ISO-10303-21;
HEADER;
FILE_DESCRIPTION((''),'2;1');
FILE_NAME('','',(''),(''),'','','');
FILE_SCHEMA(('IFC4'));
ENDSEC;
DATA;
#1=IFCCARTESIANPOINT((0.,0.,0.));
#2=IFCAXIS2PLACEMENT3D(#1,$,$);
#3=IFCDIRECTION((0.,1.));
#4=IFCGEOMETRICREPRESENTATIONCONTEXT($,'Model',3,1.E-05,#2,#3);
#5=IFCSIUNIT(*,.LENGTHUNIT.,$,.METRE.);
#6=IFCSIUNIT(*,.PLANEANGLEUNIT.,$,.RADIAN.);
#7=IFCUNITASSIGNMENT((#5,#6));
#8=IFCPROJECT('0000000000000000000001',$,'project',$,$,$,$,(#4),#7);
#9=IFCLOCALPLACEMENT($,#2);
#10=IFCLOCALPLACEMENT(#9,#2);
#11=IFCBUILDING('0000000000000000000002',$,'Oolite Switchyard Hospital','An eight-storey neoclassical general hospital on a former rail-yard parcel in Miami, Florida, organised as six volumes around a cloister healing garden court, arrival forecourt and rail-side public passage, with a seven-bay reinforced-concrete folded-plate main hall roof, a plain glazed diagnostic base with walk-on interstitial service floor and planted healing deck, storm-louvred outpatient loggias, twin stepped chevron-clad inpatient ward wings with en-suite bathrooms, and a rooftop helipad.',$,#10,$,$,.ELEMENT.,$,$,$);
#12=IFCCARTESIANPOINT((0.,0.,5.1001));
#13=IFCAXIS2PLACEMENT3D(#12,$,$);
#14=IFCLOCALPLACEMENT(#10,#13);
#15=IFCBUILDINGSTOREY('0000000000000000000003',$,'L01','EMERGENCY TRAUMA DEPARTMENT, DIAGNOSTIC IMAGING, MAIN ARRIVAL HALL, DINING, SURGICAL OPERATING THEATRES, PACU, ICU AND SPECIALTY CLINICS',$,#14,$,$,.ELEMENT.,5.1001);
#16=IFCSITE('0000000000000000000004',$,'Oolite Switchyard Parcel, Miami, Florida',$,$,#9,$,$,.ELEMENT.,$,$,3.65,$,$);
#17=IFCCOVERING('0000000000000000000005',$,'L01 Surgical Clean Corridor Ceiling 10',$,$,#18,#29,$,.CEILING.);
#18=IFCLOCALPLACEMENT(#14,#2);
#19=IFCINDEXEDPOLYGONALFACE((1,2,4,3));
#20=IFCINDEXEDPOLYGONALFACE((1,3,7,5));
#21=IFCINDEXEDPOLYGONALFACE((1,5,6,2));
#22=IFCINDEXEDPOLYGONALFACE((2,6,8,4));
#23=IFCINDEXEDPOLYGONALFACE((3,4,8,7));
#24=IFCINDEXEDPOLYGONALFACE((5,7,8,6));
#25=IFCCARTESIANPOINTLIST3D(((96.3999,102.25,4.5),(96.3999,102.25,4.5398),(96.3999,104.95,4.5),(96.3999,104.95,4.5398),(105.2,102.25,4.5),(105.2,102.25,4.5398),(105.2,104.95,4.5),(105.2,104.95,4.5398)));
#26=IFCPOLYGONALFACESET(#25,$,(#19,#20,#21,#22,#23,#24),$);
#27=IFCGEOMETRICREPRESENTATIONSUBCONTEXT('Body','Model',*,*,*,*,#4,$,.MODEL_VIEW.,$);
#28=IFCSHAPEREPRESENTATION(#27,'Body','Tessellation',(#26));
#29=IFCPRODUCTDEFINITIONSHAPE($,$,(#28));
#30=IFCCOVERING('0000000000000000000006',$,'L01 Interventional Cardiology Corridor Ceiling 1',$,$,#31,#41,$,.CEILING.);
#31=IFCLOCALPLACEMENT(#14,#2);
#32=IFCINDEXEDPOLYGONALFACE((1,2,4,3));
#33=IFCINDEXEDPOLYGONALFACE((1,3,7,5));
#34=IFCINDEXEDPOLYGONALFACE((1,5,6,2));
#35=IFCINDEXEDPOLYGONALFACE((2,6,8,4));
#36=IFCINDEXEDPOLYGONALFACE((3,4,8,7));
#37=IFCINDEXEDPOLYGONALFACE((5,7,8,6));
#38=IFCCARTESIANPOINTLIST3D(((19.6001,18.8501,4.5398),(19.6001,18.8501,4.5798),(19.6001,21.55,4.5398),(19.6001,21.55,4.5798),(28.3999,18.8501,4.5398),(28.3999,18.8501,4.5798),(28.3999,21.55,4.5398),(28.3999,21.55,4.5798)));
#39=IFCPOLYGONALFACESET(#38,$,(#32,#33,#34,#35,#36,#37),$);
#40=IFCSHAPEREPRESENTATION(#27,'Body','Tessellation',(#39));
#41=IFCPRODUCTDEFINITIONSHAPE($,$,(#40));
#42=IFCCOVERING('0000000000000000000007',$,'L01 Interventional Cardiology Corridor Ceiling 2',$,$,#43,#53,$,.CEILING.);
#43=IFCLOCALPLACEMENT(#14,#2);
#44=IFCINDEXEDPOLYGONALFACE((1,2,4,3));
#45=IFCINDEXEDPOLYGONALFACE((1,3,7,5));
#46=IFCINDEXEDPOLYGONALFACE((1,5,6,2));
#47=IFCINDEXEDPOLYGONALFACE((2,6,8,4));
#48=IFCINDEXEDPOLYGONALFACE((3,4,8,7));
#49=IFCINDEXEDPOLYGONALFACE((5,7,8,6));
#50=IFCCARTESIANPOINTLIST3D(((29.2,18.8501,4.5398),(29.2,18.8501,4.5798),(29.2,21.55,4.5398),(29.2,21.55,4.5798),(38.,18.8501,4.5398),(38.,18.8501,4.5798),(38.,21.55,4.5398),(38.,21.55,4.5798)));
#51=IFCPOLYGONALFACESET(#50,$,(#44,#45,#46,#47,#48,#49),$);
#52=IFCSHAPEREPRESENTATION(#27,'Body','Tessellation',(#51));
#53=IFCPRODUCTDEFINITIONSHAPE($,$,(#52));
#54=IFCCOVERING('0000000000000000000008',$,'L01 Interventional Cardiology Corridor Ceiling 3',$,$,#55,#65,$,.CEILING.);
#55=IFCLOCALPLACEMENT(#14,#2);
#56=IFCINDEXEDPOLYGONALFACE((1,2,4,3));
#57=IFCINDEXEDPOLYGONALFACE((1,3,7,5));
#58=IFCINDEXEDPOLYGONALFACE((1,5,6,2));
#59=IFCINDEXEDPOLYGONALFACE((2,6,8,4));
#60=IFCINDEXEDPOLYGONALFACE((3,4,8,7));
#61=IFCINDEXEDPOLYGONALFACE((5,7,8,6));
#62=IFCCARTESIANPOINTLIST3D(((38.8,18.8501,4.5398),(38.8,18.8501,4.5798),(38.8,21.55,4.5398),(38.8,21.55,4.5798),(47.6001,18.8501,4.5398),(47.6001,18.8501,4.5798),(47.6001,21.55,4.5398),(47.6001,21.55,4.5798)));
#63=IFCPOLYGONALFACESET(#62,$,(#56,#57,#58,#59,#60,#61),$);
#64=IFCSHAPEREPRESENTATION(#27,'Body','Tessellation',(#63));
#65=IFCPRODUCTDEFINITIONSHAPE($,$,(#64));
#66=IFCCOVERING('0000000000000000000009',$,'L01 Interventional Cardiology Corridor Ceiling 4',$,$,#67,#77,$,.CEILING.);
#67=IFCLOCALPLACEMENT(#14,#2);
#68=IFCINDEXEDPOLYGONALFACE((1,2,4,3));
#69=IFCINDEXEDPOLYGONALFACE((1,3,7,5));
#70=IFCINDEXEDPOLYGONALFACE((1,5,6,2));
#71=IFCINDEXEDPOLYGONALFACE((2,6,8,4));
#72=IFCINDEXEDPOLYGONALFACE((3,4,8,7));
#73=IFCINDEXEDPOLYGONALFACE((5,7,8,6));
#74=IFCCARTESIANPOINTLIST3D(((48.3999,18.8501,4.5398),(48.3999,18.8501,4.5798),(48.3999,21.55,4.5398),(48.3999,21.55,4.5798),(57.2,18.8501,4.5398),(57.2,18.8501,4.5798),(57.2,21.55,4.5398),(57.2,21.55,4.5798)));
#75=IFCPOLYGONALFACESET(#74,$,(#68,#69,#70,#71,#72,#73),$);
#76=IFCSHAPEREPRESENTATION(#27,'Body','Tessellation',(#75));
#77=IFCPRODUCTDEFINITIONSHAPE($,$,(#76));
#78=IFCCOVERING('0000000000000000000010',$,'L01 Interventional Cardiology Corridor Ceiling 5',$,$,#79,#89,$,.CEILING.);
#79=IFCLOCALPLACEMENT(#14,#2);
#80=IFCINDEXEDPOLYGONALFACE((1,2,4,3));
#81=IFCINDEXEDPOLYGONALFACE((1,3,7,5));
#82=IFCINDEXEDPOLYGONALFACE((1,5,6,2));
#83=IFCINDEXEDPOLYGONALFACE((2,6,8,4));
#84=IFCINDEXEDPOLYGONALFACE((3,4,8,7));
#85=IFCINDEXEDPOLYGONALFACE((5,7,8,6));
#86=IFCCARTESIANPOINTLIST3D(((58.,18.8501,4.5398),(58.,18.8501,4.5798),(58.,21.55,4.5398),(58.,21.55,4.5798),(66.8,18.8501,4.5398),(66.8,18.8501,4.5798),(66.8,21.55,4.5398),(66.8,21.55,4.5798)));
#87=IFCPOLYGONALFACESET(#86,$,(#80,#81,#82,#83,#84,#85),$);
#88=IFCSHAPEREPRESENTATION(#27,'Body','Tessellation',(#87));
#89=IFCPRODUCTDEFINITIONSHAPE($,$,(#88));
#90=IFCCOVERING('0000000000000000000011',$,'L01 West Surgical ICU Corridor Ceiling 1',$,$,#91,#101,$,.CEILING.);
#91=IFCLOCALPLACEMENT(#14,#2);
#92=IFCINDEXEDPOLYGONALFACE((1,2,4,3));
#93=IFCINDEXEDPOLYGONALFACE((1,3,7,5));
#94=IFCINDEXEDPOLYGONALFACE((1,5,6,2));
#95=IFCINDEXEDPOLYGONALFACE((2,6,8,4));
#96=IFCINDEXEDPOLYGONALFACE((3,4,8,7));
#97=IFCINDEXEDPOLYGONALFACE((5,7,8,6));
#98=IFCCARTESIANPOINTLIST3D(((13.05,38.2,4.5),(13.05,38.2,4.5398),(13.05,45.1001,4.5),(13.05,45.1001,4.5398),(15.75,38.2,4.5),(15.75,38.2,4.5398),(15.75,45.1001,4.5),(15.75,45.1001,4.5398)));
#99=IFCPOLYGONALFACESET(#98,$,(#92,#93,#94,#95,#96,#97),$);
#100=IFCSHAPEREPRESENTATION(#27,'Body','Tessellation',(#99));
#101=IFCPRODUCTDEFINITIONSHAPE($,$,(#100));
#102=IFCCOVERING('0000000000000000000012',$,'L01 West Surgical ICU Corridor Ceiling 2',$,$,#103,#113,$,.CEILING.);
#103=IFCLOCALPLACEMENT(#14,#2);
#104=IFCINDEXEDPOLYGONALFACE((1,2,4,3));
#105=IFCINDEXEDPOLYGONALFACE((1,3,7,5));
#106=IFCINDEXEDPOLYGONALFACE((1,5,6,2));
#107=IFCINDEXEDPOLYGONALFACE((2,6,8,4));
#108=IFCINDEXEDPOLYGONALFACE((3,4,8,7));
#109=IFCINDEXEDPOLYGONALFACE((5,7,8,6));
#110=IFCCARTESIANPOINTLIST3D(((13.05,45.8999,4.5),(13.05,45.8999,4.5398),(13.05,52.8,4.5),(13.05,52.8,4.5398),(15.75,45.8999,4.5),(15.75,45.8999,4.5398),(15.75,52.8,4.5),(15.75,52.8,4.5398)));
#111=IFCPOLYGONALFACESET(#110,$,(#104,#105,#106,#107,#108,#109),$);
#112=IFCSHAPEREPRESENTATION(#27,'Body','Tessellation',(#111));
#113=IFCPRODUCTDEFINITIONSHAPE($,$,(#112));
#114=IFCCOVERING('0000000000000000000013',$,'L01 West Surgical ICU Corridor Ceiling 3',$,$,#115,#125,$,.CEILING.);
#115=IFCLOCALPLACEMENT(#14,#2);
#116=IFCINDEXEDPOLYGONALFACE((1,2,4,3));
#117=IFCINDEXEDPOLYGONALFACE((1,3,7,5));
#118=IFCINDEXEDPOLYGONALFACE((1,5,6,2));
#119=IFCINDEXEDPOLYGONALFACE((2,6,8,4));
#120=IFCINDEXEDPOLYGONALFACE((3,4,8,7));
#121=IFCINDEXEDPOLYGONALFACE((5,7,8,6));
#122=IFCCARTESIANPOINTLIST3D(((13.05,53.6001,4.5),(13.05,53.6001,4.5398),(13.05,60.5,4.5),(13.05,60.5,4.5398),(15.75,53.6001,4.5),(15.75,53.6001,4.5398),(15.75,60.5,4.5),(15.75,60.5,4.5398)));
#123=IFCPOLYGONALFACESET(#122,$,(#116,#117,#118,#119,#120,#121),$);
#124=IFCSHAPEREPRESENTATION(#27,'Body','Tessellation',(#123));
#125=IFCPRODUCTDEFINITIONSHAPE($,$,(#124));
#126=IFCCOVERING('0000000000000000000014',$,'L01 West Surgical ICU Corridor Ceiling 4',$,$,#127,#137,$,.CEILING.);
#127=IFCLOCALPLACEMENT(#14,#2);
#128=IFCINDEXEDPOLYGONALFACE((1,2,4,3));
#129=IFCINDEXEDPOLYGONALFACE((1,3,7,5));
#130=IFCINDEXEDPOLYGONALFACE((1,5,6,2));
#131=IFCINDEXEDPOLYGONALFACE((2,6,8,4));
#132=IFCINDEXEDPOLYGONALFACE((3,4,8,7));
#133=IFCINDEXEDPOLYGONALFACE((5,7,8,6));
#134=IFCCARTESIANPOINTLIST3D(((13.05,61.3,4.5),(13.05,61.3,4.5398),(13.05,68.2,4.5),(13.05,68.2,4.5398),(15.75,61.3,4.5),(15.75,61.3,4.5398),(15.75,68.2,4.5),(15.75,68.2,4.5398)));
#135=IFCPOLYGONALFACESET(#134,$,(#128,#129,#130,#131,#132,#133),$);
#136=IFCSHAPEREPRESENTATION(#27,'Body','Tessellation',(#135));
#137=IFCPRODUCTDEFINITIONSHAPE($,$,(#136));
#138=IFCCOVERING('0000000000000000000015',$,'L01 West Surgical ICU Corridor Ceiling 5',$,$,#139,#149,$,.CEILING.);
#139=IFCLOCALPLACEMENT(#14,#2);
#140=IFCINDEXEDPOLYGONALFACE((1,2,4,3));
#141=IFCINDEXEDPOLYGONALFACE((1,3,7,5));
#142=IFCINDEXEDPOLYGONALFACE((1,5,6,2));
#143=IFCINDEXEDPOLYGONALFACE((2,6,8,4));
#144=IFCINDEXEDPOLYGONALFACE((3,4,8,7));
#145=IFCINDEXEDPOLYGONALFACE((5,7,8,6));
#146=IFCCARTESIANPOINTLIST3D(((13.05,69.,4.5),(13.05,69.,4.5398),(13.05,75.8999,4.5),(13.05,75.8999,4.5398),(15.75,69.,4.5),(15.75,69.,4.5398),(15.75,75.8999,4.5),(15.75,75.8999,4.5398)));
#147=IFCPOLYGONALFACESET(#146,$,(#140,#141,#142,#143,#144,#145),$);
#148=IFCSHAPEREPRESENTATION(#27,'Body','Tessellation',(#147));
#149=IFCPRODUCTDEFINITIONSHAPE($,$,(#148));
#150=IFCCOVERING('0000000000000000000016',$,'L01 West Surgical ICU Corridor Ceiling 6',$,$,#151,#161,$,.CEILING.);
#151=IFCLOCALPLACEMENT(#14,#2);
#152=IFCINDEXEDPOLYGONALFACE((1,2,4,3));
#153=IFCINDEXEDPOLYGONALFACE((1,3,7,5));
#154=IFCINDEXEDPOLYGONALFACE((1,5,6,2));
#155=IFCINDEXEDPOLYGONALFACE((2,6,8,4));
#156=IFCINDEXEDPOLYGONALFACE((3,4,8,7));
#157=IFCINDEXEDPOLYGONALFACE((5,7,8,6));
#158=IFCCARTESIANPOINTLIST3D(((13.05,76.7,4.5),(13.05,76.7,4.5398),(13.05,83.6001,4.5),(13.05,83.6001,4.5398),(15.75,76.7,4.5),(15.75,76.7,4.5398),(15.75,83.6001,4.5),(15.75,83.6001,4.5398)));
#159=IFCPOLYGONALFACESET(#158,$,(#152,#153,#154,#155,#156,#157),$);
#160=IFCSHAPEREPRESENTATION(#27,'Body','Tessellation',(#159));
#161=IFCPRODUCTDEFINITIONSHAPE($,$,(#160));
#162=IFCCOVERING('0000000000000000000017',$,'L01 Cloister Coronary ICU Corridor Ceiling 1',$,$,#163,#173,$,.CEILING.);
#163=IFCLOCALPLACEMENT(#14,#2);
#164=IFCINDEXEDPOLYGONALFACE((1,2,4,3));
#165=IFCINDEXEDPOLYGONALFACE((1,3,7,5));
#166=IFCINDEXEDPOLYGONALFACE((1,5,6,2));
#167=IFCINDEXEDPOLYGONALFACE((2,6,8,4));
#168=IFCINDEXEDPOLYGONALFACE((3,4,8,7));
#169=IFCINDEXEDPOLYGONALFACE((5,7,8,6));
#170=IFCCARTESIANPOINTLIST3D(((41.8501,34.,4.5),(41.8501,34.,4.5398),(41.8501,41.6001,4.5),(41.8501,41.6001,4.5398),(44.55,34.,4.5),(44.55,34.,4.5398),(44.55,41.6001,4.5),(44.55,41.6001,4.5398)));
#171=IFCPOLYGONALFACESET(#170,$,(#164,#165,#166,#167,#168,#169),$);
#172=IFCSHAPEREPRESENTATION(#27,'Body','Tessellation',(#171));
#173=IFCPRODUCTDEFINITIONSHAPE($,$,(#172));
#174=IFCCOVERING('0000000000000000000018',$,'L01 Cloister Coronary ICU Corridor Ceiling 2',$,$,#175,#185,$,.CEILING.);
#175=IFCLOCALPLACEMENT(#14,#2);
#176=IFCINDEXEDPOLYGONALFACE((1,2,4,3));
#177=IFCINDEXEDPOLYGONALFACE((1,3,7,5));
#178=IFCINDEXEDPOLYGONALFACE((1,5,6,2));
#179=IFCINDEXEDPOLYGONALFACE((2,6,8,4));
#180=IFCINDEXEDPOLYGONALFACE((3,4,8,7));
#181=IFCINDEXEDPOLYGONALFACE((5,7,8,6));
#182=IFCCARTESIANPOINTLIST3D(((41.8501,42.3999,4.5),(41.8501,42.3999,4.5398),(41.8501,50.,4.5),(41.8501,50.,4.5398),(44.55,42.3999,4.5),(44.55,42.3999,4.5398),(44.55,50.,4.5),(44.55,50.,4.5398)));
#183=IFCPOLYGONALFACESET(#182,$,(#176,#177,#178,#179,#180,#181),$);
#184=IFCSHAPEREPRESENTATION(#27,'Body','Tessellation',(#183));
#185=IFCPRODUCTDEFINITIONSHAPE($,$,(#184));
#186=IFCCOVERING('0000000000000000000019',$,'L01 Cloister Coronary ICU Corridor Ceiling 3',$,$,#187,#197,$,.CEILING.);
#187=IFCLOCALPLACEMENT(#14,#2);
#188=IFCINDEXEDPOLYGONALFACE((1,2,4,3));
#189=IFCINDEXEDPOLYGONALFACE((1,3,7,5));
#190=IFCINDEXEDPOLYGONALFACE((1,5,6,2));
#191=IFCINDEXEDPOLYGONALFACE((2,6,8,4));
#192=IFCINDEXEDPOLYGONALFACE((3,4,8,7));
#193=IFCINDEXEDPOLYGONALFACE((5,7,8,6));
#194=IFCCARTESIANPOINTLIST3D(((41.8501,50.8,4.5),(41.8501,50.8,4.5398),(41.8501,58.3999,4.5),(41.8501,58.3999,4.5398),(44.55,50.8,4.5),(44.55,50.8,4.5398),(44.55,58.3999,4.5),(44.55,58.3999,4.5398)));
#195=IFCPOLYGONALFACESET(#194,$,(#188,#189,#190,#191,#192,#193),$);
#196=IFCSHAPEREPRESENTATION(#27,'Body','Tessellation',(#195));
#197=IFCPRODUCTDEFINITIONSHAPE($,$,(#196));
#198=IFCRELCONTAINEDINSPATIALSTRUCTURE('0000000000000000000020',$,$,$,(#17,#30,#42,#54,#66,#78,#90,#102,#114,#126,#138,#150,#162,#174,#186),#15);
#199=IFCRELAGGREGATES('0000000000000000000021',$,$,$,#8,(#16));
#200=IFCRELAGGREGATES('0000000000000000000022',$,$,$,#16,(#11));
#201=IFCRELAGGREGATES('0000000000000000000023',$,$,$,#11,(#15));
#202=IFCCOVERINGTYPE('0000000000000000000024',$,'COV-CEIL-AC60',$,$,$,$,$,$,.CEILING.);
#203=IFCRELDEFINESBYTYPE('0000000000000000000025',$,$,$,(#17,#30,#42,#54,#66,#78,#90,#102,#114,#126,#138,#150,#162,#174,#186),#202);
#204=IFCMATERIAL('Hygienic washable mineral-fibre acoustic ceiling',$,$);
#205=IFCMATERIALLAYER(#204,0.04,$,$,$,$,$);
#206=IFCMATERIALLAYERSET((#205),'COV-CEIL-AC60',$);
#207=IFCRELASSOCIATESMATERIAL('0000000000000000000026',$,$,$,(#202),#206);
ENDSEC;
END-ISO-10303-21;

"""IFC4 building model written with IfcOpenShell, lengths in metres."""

from ifc_helpers import new_model, si_unit, direction, frame, origin, place, context, subcontext, project, spatial, polyline, outline, extrude, material, layer, layer_set, type_object, element, save


model = new_model("IFC4")

# Units and contexts
model_context = context("Model", 3, precision=1e-05, world=origin(), true_north=direction((0.0, 1.0)))
body_context = subcontext(model_context, "Body", "Model", "MODEL_VIEW")
ifc_project = project(units=[si_unit("LENGTHUNIT", "METRE"), si_unit("PLANEANGLEUNIT", "RADIAN")], contexts=[model_context])

# Site, building, storey
site_placement = place(None, origin())
site = spatial("IfcSite", under=ifc_project, at=site_placement, Name="Oolite Switchyard Parcel, Miami, Florida", CompositionType="ELEMENT", RefElevation=3.65)
building_placement = place(site_placement, origin())
building = spatial("IfcBuilding", under=site, at=building_placement, Name="Oolite Switchyard Hospital", Description="An eight-storey neoclassical general hospital on a former rail-yard parcel in Miami, Florida, organised as six volumes around a cloister healing garden court, arrival forecourt and rail-side public passage, with a seven-bay reinforced-concrete folded-plate main hall roof, a plain glazed diagnostic base with walk-on interstitial service floor and planted healing deck, storm-louvred outpatient loggias, twin stepped chevron-clad inpatient ward wings with en-suite bathrooms, and a rooftop helipad.", CompositionType="ELEMENT")
storey_placement = place(building_placement, frame((0.0, 0.0, 5.1001)))
storey = spatial("IfcBuildingStorey", under=building, at=storey_placement, Name="L01", Description="EMERGENCY TRAUMA DEPARTMENT, DIAGNOSTIC IMAGING, MAIN ARRIVAL HALL, DINING, SURGICAL OPERATING THEATRES, PACU, ICU AND SPECIALTY CLINICS", CompositionType="ELEMENT", Elevation=5.1001)

# Coverings
ifc_material = material(Name="Hygienic washable mineral-fibre acoustic ceiling")
ifc_layer = layer(ifc_material, 0.04)
ifc_layer_set = layer_set([ifc_layer], Name="COV-CEIL-AC60")
covering_type = type_object("IfcCoveringType", Name="COV-CEIL-AC60", PredefinedType="CEILING", material=ifc_layer_set)
covering_1_placement = place(storey_placement, frame((0.0, 0.0, 4.5)))
element("IfcCovering", 1, at=covering_1_placement, inside=storey, type_object=covering_type, Name="L01 Surgical Clean Corridor Ceiling 10", PredefinedType="CEILING", context=body_context, shape_type="SweptSolid", body=[
    extrude(outline(polyline([(96.3999, 102.25), (105.2, 102.25), (105.2, 104.95), (96.3999, 104.95), (96.3999, 102.25)])), origin(), (0.0, 0.0, 1.0), 0.0398),
])
covering_2_placement = place(storey_placement, frame((0.0, 0.0, 4.5398)))
element("IfcCovering", 2, at=covering_2_placement, inside=storey, type_object=covering_type, Name="L01 Interventional Cardiology Corridor Ceiling 1", PredefinedType="CEILING", context=body_context, shape_type="SweptSolid", body=[
    extrude(outline(polyline([(19.6001, 18.8501), (28.3999, 18.8501), (28.3999, 21.55), (19.6001, 21.55), (19.6001, 18.8501)])), origin(), (0.0, 0.0, 1.0), 0.04),
])
covering_3_placement = place(storey_placement, frame((0.0, 0.0, 4.5398)))
element("IfcCovering", 3, at=covering_3_placement, inside=storey, type_object=covering_type, Name="L01 Interventional Cardiology Corridor Ceiling 2", PredefinedType="CEILING", context=body_context, shape_type="SweptSolid", body=[
    extrude(outline(polyline([(29.2, 18.8501), (38.0, 18.8501), (38.0, 21.55), (29.2, 21.55), (29.2, 18.8501)])), origin(), (0.0, 0.0, 1.0), 0.04),
])
covering_4_placement = place(storey_placement, frame((0.0, 0.0, 4.5398)))
element("IfcCovering", 4, at=covering_4_placement, inside=storey, type_object=covering_type, Name="L01 Interventional Cardiology Corridor Ceiling 3", PredefinedType="CEILING", context=body_context, shape_type="SweptSolid", body=[
    extrude(outline(polyline([(38.8, 18.8501), (47.6001, 18.8501), (47.6001, 21.55), (38.8, 21.55), (38.8, 18.8501)])), origin(), (0.0, 0.0, 1.0), 0.04),
])
covering_5_placement = place(storey_placement, frame((0.0, 0.0, 4.5398)))
element("IfcCovering", 5, at=covering_5_placement, inside=storey, type_object=covering_type, Name="L01 Interventional Cardiology Corridor Ceiling 4", PredefinedType="CEILING", context=body_context, shape_type="SweptSolid", body=[
    extrude(outline(polyline([(48.3999, 18.8501), (57.2, 18.8501), (57.2, 21.55), (48.3999, 21.55), (48.3999, 18.8501)])), origin(), (0.0, 0.0, 1.0), 0.04),
])
covering_6_placement = place(storey_placement, frame((0.0, 0.0, 4.5398)))
element("IfcCovering", 6, at=covering_6_placement, inside=storey, type_object=covering_type, Name="L01 Interventional Cardiology Corridor Ceiling 5", PredefinedType="CEILING", context=body_context, shape_type="SweptSolid", body=[
    extrude(outline(polyline([(58.0, 18.8501), (66.8, 18.8501), (66.8, 21.55), (58.0, 21.55), (58.0, 18.8501)])), origin(), (0.0, 0.0, 1.0), 0.04),
])
covering_7_placement = place(storey_placement, frame((0.0, 0.0, 4.5)))
element("IfcCovering", 7, at=covering_7_placement, inside=storey, type_object=covering_type, Name="L01 West Surgical ICU Corridor Ceiling 1", PredefinedType="CEILING", context=body_context, shape_type="SweptSolid", body=[
    extrude(outline(polyline([(13.05, 38.2), (15.75, 38.2), (15.75, 45.1001), (13.05, 45.1001), (13.05, 38.2)])), origin(), (0.0, 0.0, 1.0), 0.0398),
])
covering_8_placement = place(storey_placement, frame((0.0, 0.0, 4.5)))
element("IfcCovering", 8, at=covering_8_placement, inside=storey, type_object=covering_type, Name="L01 West Surgical ICU Corridor Ceiling 2", PredefinedType="CEILING", context=body_context, shape_type="SweptSolid", body=[
    extrude(outline(polyline([(13.05, 45.8999), (15.75, 45.8999), (15.75, 52.8), (13.05, 52.8), (13.05, 45.8999)])), origin(), (0.0, 0.0, 1.0), 0.0398),
])
covering_9_placement = place(storey_placement, frame((0.0, 0.0, 4.5)))
element("IfcCovering", 9, at=covering_9_placement, inside=storey, type_object=covering_type, Name="L01 West Surgical ICU Corridor Ceiling 3", PredefinedType="CEILING", context=body_context, shape_type="SweptSolid", body=[
    extrude(outline(polyline([(13.05, 53.6001), (15.75, 53.6001), (15.75, 60.5), (13.05, 60.5), (13.05, 53.6001)])), origin(), (0.0, 0.0, 1.0), 0.0398),
])
covering_10_placement = place(storey_placement, frame((0.0, 0.0, 4.5)))
element("IfcCovering", 10, at=covering_10_placement, inside=storey, type_object=covering_type, Name="L01 West Surgical ICU Corridor Ceiling 4", PredefinedType="CEILING", context=body_context, shape_type="SweptSolid", body=[
    extrude(outline(polyline([(13.05, 61.3), (15.75, 61.3), (15.75, 68.2), (13.05, 68.2), (13.05, 61.3)])), origin(), (0.0, 0.0, 1.0), 0.0398),
])
covering_11_placement = place(storey_placement, frame((0.0, 0.0, 4.5)))
element("IfcCovering", 11, at=covering_11_placement, inside=storey, type_object=covering_type, Name="L01 West Surgical ICU Corridor Ceiling 5", PredefinedType="CEILING", context=body_context, shape_type="SweptSolid", body=[
    extrude(outline(polyline([(13.05, 69.0), (15.75, 69.0), (15.75, 75.8999), (13.05, 75.8999), (13.05, 69.0)])), origin(), (0.0, 0.0, 1.0), 0.0398),
])
covering_12_placement = place(storey_placement, frame((0.0, 0.0, 4.5)))
element("IfcCovering", 12, at=covering_12_placement, inside=storey, type_object=covering_type, Name="L01 West Surgical ICU Corridor Ceiling 6", PredefinedType="CEILING", context=body_context, shape_type="SweptSolid", body=[
    extrude(outline(polyline([(13.05, 76.7), (15.75, 76.7), (15.75, 83.6001), (13.05, 83.6001), (13.05, 76.7)])), origin(), (0.0, 0.0, 1.0), 0.0398),
])
covering_13_placement = place(storey_placement, frame((0.0, 0.0, 4.5)))
element("IfcCovering", 13, at=covering_13_placement, inside=storey, type_object=covering_type, Name="L01 Cloister Coronary ICU Corridor Ceiling 1", PredefinedType="CEILING", context=body_context, shape_type="SweptSolid", body=[
    extrude(outline(polyline([(41.8501, 34.0), (44.55, 34.0), (44.55, 41.6001), (41.8501, 41.6001), (41.8501, 34.0)])), origin(), (0.0, 0.0, 1.0), 0.0398),
])
covering_14_placement = place(storey_placement, frame((0.0, 0.0, 4.5)))
element("IfcCovering", 14, at=covering_14_placement, inside=storey, type_object=covering_type, Name="L01 Cloister Coronary ICU Corridor Ceiling 2", PredefinedType="CEILING", context=body_context, shape_type="SweptSolid", body=[
    extrude(outline(polyline([(41.8501, 42.3999), (44.55, 42.3999), (44.55, 50.0), (41.8501, 50.0), (41.8501, 42.3999)])), origin(), (0.0, 0.0, 1.0), 0.0398),
])
covering_15_placement = place(storey_placement, frame((0.0, 0.0, 4.5)))
element("IfcCovering", 15, at=covering_15_placement, inside=storey, type_object=covering_type, Name="L01 Cloister Coronary ICU Corridor Ceiling 3", PredefinedType="CEILING", context=body_context, shape_type="SweptSolid", body=[
    extrude(outline(polyline([(41.8501, 50.8), (44.55, 50.8), (44.55, 58.3999), (41.8501, 58.3999), (41.8501, 50.8)])), origin(), (0.0, 0.0, 1.0), 0.0398),
])

save(model, "model.ifc")
